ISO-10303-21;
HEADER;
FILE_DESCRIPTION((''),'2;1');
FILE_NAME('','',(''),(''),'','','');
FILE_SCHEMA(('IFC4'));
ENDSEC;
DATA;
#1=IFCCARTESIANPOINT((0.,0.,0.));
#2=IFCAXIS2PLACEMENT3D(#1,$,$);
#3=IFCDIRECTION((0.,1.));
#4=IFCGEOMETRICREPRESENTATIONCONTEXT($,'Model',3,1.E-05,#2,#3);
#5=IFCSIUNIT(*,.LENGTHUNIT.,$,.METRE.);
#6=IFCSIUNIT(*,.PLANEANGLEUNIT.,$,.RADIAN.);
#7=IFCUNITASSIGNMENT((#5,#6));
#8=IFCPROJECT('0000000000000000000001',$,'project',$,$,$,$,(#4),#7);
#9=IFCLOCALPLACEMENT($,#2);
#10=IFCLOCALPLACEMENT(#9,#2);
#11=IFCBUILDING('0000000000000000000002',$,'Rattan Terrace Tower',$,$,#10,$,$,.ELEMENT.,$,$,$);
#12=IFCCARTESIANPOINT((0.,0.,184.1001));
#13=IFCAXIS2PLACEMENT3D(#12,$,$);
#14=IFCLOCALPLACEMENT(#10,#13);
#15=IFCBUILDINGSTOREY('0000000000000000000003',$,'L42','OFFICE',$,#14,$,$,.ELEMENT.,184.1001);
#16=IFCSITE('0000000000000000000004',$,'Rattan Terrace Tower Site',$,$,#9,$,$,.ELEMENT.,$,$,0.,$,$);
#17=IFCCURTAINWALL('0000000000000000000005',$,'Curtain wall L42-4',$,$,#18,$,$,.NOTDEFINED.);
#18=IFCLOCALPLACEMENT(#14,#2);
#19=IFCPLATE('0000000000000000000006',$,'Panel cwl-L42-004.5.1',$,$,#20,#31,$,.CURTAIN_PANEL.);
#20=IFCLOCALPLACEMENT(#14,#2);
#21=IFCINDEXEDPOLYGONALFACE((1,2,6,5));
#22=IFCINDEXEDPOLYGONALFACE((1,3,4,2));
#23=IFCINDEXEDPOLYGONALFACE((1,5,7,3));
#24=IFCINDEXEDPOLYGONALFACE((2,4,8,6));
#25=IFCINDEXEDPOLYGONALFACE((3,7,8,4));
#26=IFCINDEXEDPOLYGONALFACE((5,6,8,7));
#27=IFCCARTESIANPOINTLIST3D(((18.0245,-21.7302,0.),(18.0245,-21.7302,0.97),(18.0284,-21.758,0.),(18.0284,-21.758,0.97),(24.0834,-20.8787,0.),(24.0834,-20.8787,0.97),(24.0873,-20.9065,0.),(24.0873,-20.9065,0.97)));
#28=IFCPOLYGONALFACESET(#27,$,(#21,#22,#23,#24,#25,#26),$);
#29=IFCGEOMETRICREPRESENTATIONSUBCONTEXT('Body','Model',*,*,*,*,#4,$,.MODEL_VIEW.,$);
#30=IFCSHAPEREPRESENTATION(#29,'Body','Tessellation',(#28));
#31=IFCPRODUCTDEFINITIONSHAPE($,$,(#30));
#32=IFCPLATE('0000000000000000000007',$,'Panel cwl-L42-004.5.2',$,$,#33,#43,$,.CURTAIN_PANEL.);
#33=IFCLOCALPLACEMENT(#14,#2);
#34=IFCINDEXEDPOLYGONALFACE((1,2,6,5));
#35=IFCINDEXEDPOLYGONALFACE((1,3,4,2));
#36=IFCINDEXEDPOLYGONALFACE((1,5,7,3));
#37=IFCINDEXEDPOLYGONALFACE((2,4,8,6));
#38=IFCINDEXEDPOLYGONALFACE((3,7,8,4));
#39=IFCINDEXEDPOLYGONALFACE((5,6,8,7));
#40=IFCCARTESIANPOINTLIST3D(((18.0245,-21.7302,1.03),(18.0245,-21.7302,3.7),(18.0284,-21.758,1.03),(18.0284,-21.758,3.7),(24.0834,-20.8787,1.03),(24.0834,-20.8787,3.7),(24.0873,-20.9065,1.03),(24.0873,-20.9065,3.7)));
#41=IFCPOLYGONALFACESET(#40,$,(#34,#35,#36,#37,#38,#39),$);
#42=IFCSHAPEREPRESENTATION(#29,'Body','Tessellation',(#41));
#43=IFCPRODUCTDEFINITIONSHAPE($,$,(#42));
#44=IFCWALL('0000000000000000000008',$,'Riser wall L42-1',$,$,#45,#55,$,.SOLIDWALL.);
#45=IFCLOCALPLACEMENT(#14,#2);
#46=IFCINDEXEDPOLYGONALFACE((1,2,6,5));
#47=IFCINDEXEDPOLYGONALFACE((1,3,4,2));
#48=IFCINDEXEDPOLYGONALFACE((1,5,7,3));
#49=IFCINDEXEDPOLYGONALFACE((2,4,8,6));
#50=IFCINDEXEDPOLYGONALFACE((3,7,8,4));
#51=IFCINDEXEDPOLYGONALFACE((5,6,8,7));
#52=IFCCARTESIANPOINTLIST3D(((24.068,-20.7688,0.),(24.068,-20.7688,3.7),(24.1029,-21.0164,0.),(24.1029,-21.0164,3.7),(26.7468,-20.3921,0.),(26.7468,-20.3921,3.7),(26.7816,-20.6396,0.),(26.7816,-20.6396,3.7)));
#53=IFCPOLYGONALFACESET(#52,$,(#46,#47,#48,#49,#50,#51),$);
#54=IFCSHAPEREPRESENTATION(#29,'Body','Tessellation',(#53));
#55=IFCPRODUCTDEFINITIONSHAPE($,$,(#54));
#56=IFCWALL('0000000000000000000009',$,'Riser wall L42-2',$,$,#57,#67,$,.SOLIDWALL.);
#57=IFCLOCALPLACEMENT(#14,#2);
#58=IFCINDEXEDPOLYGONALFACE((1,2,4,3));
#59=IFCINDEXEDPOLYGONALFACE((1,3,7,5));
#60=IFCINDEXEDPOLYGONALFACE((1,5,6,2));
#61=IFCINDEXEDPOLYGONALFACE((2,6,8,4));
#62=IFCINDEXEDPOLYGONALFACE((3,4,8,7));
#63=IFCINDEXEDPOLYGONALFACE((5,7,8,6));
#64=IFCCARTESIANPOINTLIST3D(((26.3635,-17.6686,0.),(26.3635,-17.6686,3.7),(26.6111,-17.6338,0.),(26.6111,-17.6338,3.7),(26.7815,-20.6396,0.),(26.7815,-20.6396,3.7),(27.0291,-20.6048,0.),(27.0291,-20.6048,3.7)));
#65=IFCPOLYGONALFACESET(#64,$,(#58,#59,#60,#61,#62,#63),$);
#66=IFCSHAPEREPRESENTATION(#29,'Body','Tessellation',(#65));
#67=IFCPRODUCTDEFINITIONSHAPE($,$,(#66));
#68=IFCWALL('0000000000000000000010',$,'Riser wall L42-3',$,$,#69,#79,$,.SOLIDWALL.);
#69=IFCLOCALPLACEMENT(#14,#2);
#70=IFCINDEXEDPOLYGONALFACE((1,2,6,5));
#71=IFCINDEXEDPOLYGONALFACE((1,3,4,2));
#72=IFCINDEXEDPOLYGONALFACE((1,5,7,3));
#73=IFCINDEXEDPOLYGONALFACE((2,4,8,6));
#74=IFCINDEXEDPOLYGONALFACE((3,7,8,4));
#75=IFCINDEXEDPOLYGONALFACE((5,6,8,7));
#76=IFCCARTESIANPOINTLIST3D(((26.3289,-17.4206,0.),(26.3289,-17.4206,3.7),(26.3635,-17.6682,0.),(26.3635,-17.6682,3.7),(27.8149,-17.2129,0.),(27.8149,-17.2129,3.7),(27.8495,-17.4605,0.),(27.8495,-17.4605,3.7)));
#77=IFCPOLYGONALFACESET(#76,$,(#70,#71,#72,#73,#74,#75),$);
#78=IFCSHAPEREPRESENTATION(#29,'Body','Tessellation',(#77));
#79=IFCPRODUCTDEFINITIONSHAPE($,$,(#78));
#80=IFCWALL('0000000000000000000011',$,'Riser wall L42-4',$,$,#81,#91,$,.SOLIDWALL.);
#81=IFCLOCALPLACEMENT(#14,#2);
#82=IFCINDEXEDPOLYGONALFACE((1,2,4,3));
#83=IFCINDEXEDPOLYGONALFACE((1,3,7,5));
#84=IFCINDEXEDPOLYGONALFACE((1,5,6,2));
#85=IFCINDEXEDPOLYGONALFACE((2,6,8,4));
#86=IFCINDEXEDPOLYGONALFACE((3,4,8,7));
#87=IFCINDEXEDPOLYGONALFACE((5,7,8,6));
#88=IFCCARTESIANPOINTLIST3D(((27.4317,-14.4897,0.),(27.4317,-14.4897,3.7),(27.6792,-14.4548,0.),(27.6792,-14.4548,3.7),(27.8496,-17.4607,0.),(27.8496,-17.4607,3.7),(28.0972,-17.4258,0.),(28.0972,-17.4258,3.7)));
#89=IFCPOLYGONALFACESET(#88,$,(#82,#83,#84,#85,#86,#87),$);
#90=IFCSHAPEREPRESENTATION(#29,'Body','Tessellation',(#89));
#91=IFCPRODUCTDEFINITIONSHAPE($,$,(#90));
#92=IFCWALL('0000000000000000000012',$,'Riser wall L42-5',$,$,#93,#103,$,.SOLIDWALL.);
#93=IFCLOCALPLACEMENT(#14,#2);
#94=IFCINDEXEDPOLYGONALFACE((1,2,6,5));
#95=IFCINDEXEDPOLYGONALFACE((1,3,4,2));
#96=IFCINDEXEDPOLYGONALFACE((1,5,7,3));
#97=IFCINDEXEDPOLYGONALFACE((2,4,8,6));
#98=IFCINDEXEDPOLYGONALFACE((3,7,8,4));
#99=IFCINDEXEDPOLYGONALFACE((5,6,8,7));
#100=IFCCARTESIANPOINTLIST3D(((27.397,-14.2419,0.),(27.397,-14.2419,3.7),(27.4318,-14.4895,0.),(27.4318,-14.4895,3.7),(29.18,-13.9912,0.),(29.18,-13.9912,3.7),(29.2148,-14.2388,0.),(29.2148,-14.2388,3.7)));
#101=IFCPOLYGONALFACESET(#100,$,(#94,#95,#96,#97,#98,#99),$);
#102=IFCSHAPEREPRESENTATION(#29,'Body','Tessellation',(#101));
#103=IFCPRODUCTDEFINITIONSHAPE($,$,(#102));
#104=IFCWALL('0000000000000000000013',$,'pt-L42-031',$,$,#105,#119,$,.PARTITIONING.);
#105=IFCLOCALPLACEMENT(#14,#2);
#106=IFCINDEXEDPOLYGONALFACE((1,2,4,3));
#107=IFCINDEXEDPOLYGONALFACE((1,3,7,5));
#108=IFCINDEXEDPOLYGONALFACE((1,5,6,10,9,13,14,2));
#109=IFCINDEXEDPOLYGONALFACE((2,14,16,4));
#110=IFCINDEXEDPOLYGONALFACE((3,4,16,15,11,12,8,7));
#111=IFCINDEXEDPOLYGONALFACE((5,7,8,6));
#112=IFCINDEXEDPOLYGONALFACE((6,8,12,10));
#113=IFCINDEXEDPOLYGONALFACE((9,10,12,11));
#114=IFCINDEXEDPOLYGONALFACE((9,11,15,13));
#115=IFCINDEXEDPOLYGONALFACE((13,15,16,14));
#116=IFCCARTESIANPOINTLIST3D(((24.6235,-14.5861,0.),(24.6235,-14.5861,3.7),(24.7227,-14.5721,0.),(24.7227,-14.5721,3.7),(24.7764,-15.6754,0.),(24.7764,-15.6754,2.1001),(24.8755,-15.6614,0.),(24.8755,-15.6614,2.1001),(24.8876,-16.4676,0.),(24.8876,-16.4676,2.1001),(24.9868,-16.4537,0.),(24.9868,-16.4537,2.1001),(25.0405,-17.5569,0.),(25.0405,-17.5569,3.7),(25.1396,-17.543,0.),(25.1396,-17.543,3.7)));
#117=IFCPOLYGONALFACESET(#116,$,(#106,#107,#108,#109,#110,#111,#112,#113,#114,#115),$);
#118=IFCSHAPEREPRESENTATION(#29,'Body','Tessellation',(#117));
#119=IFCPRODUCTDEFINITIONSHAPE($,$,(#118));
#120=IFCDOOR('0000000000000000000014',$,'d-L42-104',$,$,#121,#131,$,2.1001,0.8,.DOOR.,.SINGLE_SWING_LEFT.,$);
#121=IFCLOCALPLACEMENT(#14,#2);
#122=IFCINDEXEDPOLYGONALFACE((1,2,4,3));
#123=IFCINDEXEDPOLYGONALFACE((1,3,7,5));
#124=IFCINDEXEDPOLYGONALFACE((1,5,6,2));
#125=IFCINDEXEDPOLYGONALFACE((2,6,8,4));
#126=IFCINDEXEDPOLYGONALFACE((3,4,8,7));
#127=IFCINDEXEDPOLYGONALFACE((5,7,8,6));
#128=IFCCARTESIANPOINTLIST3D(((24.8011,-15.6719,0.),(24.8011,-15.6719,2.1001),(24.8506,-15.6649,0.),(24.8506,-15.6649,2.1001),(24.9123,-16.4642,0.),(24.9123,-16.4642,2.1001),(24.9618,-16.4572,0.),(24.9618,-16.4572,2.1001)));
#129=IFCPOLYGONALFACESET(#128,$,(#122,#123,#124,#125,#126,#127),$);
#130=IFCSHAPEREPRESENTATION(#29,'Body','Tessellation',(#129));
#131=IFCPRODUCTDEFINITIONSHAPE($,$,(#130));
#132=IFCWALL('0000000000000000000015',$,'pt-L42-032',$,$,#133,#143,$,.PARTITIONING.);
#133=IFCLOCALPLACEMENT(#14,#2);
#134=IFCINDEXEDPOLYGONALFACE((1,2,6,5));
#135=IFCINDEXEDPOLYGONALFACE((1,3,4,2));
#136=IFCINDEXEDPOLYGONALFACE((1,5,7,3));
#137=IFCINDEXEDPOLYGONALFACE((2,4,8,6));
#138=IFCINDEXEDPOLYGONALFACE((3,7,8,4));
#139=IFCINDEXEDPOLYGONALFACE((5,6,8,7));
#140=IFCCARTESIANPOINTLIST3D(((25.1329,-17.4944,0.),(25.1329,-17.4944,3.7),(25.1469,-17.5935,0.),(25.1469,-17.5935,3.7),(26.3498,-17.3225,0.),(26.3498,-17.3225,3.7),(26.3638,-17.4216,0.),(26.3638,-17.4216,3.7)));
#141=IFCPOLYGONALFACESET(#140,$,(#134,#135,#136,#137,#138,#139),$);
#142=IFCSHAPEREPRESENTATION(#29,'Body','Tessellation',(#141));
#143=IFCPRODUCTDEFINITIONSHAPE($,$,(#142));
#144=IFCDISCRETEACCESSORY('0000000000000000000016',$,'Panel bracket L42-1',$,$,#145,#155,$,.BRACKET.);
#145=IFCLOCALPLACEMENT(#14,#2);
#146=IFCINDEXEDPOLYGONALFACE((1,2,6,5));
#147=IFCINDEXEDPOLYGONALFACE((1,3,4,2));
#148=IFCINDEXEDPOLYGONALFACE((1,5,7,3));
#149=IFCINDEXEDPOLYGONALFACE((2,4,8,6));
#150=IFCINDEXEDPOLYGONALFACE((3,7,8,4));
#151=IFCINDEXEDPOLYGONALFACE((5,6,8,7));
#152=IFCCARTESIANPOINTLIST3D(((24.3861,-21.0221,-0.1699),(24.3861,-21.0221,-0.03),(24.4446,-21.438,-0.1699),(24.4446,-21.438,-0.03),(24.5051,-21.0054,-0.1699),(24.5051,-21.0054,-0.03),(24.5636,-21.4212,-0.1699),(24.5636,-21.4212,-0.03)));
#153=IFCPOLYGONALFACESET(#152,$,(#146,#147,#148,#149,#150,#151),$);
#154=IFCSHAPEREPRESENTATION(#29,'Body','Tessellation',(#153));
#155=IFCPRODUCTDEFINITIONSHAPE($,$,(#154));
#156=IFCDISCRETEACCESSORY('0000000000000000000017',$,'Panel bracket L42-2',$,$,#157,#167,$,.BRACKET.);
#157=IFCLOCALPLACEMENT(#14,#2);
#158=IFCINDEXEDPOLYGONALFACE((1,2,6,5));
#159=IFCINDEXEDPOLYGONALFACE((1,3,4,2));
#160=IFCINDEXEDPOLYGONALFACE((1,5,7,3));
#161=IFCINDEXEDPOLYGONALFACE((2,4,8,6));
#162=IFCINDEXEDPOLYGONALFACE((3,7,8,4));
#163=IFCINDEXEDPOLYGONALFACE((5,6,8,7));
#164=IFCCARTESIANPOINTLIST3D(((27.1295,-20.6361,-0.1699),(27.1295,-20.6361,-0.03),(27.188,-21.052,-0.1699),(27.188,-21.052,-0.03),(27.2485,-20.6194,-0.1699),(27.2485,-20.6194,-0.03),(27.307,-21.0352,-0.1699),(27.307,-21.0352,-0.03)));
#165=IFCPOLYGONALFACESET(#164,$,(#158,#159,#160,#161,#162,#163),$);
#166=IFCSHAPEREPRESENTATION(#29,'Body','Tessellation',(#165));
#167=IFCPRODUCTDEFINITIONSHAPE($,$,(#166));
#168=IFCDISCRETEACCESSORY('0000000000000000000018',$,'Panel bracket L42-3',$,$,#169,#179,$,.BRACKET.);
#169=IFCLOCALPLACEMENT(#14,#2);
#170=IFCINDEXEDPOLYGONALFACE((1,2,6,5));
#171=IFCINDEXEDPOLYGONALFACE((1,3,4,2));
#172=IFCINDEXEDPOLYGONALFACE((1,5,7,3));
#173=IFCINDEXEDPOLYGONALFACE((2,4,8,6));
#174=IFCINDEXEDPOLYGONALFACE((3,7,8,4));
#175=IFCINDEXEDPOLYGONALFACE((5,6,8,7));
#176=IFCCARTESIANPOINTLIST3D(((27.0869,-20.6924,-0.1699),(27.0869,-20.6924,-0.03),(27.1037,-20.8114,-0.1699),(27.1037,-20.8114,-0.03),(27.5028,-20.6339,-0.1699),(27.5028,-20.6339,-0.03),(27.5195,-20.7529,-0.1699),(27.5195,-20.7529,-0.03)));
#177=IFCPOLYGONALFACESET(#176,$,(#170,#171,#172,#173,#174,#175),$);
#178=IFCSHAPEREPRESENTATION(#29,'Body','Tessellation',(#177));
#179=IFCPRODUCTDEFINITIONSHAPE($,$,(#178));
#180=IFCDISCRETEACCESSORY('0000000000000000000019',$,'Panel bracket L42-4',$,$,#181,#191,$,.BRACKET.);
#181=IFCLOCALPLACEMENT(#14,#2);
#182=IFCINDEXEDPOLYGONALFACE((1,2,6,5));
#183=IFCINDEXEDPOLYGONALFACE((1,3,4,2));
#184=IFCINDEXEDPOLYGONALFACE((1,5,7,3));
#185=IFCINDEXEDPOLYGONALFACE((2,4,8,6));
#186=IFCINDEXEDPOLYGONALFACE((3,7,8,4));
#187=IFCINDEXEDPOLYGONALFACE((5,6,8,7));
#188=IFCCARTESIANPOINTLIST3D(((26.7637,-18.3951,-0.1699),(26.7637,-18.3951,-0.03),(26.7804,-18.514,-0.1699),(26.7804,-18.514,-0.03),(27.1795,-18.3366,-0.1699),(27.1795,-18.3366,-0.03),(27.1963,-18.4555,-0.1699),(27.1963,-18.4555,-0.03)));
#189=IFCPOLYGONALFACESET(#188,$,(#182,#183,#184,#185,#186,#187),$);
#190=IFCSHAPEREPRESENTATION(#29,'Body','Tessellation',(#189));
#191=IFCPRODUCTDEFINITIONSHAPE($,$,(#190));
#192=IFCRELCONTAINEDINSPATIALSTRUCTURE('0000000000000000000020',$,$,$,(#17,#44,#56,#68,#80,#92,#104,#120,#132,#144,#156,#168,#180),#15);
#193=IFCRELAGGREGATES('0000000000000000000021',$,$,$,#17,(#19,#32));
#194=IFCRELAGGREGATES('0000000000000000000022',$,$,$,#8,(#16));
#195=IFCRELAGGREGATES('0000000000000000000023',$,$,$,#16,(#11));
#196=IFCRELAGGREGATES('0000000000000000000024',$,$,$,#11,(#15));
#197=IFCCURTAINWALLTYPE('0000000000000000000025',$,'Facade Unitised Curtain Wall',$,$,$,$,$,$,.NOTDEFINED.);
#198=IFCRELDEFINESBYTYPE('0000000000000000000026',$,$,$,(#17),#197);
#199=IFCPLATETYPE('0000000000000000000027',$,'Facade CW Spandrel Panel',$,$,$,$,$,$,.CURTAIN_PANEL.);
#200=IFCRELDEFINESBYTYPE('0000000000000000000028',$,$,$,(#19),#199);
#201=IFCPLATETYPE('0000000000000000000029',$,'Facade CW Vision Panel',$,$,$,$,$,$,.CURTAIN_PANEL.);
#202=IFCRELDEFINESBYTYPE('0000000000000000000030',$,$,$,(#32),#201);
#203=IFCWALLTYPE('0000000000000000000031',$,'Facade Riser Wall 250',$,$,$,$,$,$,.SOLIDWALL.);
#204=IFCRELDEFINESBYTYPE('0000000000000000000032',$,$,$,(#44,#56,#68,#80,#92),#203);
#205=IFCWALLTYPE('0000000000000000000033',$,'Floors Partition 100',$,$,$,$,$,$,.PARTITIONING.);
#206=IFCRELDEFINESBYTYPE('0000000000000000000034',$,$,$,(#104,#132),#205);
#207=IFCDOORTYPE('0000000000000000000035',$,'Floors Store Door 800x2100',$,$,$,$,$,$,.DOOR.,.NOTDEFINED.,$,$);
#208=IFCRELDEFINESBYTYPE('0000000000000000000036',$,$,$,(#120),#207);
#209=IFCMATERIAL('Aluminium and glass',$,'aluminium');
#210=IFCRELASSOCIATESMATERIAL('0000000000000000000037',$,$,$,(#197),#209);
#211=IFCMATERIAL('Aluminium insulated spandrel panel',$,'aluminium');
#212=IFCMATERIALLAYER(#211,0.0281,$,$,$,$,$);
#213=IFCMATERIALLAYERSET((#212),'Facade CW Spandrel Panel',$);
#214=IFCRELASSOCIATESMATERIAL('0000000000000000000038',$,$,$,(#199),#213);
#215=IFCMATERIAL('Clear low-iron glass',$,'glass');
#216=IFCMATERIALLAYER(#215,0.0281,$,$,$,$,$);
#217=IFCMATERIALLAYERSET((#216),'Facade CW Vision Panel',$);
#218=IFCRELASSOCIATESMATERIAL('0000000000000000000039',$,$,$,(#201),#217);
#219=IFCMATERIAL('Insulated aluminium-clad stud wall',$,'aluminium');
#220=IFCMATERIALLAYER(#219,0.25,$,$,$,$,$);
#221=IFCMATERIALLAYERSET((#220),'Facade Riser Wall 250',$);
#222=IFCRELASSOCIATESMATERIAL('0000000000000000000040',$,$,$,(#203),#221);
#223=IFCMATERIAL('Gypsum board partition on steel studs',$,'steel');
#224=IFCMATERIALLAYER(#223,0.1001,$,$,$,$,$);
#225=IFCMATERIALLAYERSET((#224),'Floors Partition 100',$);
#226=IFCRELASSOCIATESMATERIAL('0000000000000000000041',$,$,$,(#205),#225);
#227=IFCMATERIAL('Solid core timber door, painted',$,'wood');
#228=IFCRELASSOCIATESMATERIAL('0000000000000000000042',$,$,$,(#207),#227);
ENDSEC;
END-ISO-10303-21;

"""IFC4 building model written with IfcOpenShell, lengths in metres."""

from ifc_helpers import new_model, si_unit, direction, frame, frame_2d, origin, origin_2d, place, context, subcontext, project, spatial, rectangle, extrude, material, layer, layer_set, type_object, element, fill, aggregate, save


model = new_model("IFC4")

# Units and contexts
model_context = context("Model", 3, precision=1e-05, world=origin(), true_north=direction((0.0, 1.0)))
body_context = subcontext(model_context, "Body", "Model", "MODEL_VIEW")
ifc_project = project(units=[si_unit("LENGTHUNIT", "METRE"), si_unit("PLANEANGLEUNIT", "RADIAN")], contexts=[model_context])

# Site, building, storey
site_placement = place(None, origin())
site = spatial("IfcSite", under=ifc_project, at=site_placement, Name="Rattan Terrace Tower Site", CompositionType="ELEMENT", RefElevation=0.0)
building_placement = place(site_placement, origin())
building = spatial("IfcBuilding", under=site, at=building_placement, Name="Rattan Terrace Tower", CompositionType="ELEMENT")
storey_placement = place(building_placement, frame((0.0, 0.0, 184.1001)))
storey = spatial("IfcBuildingStorey", under=building, at=storey_placement, Name="L42", Description="OFFICE", CompositionType="ELEMENT", Elevation=184.1001)

# Curtain wall, plates
ifc_material_1 = material(Name="Aluminium and glass", Category="aluminium")
curtain_wall_type = type_object("IfcCurtainWallType", Name="Facade Unitised Curtain Wall", PredefinedType="NOTDEFINED", material=ifc_material_1)
curtain_wall_placement = place(storey_placement, origin())
curtain_wall = element("IfcCurtainWall", 1, at=curtain_wall_placement, inside=storey, type_object=curtain_wall_type, Name="Curtain wall L42-4", PredefinedType="NOTDEFINED")
ifc_material_2 = material(Name="Aluminium insulated spandrel panel", Category="aluminium")
ifc_layer_1 = layer(ifc_material_2, 0.0281)
ifc_layer_set_1 = layer_set([ifc_layer_1], Name="Facade CW Spandrel Panel")
plate_type_1 = type_object("IfcPlateType", Name="Facade CW Spandrel Panel", PredefinedType="CURTAIN_PANEL", material=ifc_layer_set_1)
plate_1_placement = place(storey_placement, frame((21.0559, -21.3184, 0.0), z_axis=(0.0, 0.0, 1.0), x_axis=(0.99027, 0.139161, 0.0)))
plate_1 = element("IfcPlate", 2, at=plate_1_placement, type_object=plate_type_1, Name="Panel cwl-L42-004.5.1", PredefinedType="CURTAIN_PANEL", context=body_context, shape_type="SweptSolid", body=[
    extrude(rectangle(XDim=6.1184, YDim=0.0281, at=origin_2d()), origin(), (0.0, 0.0, 1.0), 0.97),
])
ifc_material_3 = material(Name="Clear low-iron glass", Category="glass")
ifc_layer_2 = layer(ifc_material_3, 0.0281)
ifc_layer_set_2 = layer_set([ifc_layer_2], Name="Facade CW Vision Panel")
plate_type_2 = type_object("IfcPlateType", Name="Facade CW Vision Panel", PredefinedType="CURTAIN_PANEL", material=ifc_layer_set_2)
plate_2_placement = place(storey_placement, frame((21.0559, -21.3184, 1.03), z_axis=(0.0, 0.0, 1.0), x_axis=(0.99027, 0.139161, 0.0)))
plate_2 = element("IfcPlate", 3, at=plate_2_placement, type_object=plate_type_2, Name="Panel cwl-L42-004.5.2", PredefinedType="CURTAIN_PANEL", context=body_context, shape_type="SweptSolid", body=[
    extrude(rectangle(XDim=6.1184, YDim=0.0281, at=origin_2d()), origin(), (0.0, 0.0, 1.0), 2.6699),
])
aggregate(curtain_wall, [plate_1, plate_2])

# Walls
ifc_material_4 = material(Name="Insulated aluminium-clad stud wall", Category="aluminium")
ifc_layer_3 = layer(ifc_material_4, 0.25)
ifc_layer_set_3 = layer_set([ifc_layer_3], Name="Facade Riser Wall 250")
wall_type_1 = type_object("IfcWallType", Name="Facade Riser Wall 250", PredefinedType="SOLIDWALL", material=ifc_layer_set_3)
wall_1_placement = place(storey_placement, frame((24.0854, -20.8926, 0.0), z_axis=(0.0, 0.0, 1.0), x_axis=(0.990256, 0.13926, 0.0)))
element("IfcWall", 4, at=wall_1_placement, inside=storey, type_object=wall_type_1, Name="Riser wall L42-1", PredefinedType="SOLIDWALL", context=body_context, shape_type="SweptSolid", body=[
    extrude(rectangle(XDim=2.7051, YDim=0.25, at=frame_2d((1.3525, 0.0))), origin(), (0.0, 0.0, 1.0), 3.7),
])
wall_2_placement = place(storey_placement, frame((26.9053, -20.6221, 0.0), z_axis=(0.0, 0.0, 1.0), x_axis=(-0.139313, 0.990248, 0.0)))
element("IfcWall", 5, at=wall_2_placement, inside=storey, type_object=wall_type_1, Name="Riser wall L42-2", PredefinedType="SOLIDWALL", context=body_context, shape_type="SweptSolid", body=[
    extrude(rectangle(XDim=3.0002, YDim=0.25, at=frame_2d((1.5, 0.0))), origin(), (0.0, 0.0, 1.0), 3.7),
])
wall_3_placement = place(storey_placement, frame((26.3462, -17.5444, 0.0), z_axis=(0.0, 0.0, 1.0), x_axis=(0.990368, 0.13846, 0.0)))
element("IfcWall", 6, at=wall_3_placement, inside=storey, type_object=wall_type_1, Name="Riser wall L42-3", PredefinedType="SOLIDWALL", context=body_context, shape_type="SweptSolid", body=[
    extrude(rectangle(XDim=1.5005, YDim=0.25, at=frame_2d((0.7502, 0.0))), origin(), (0.0, 0.0, 1.0), 3.7),
])
wall_4_placement = place(storey_placement, frame((27.9734, -17.4431, 0.0), z_axis=(0.0, 0.0, 1.0), x_axis=(-0.139313, 0.990248, 0.0)))
element("IfcWall", 7, at=wall_4_placement, inside=storey, type_object=wall_type_1, Name="Riser wall L42-4", PredefinedType="SOLIDWALL", context=body_context, shape_type="SweptSolid", body=[
    extrude(rectangle(XDim=3.0002, YDim=0.25, at=frame_2d((1.5, 0.0))), origin(), (0.0, 0.0, 1.0), 3.7),
])
wall_5_placement = place(storey_placement, frame((27.4143, -14.3657, 0.0), z_axis=(0.0, 0.0, 1.0), x_axis=(0.990256, 0.139257, 0.0)))
element("IfcWall", 8, at=wall_5_placement, inside=storey, type_object=wall_type_1, Name="Riser wall L42-5", PredefinedType="SOLIDWALL", context=body_context, shape_type="SweptSolid", body=[
    extrude(rectangle(XDim=1.8005, YDim=0.25, at=frame_2d((0.9004, 0.0))), origin(), (0.0, 0.0, 1.0), 3.7),
])

# Wall, opening, door
ifc_material_5 = material(Name="Gypsum board partition on steel studs", Category="steel")
ifc_layer_4 = layer(ifc_material_5, 0.1001)
ifc_layer_set_4 = layer_set([ifc_layer_4], Name="Floors Partition 100")
wall_type_2 = type_object("IfcWallType", Name="Floors Partition 100", PredefinedType="PARTITIONING", material=ifc_layer_set_4)
wall_6_placement = place(storey_placement, frame((24.6731, -14.5791, 0.0), z_axis=(0.0, 0.0, 1.0), x_axis=(0.138994, -0.990293, 0.0)))
wall_6 = element("IfcWall", 9, at=wall_6_placement, inside=storey, type_object=wall_type_2, Name="pt-L42-031", PredefinedType="PARTITIONING", context=body_context, shape_type="SweptSolid", body=[
    extrude(rectangle(XDim=3.0, YDim=0.1001, at=frame_2d((1.5, 0.0))), origin(), (0.0, 0.0, 1.0), 3.7),
])
opening_placement = place(wall_6_placement, frame((1.1001, 0.0, 0.0)))
opening = element("IfcOpeningElement", 10, at=opening_placement, cuts=wall_6, PredefinedType="OPENING", context=body_context, shape_type="SweptSolid", body=[
    extrude(rectangle(XDim=0.8, YDim=2.1001, at=frame_2d((0.3999, 1.05))), frame((0.0, 0.0605, 0.0), z_axis=(0.0, -1.0, 0.0), x_axis=(1.0, 0.0, 0.0)), (0.0, 0.0, 1.0), 0.1211),
])
ifc_material_6 = material(Name="Solid core timber door, painted", Category="wood")
door_type = type_object("IfcDoorType", Name="Floors Store Door 800x2100", OperationType="NOTDEFINED", PredefinedType="DOOR", material=ifc_material_6)
door_placement = place(opening_placement, origin())
door = element("IfcDoor", 11, at=door_placement, inside=storey, type_object=door_type, Name="d-L42-104", OperationType="SINGLE_SWING_LEFT", OverallHeight=2.1001, OverallWidth=0.8, PredefinedType="DOOR", context=body_context, shape_type="SweptSolid", body=[
    extrude(rectangle(XDim=0.8, YDim=2.1001, at=frame_2d((0.3999, 1.05))), frame((0.0, 0.0249, 0.0), z_axis=(0.0, -1.0, 0.0), x_axis=(1.0, 0.0, 0.0)), (0.0, 0.0, 1.0), 0.05),
])
fill(opening, door)

# Wall
wall_7_placement = place(storey_placement, frame((25.1399, -17.5439, 0.0), z_axis=(0.0, 0.0, 1.0), x_axis=(0.990175, 0.139836, 0.0)))
element("IfcWall", 12, at=wall_7_placement, inside=storey, type_object=wall_type_2, Name="pt-L42-032", PredefinedType="PARTITIONING", context=body_context, shape_type="SweptSolid", body=[
    extrude(rectangle(XDim=1.229, YDim=0.1001, at=frame_2d((0.6145, 0.0))), origin(), (0.0, 0.0, 1.0), 3.7),
])

# Discrete accessories
for number, where, z_axis, x_axis, name in (
    (13, (24.4749, -21.2217, -0.1699), (0.0, 0.0, 1.0), (0.990247, 0.139321, 0.0), "Panel bracket L42-1"),
    (14, (27.2183, -20.8357, -0.1699), (0.0, 0.0, 1.0), (0.990247, 0.139321, 0.0), "Panel bracket L42-2"),
    (15, (27.3032, -20.7227, -0.1699), (0.0, 0.0, 1.0), (-0.139321, 0.990247, 0.0), "Panel bracket L42-3"),
    (16, (26.98, -18.4253, -0.1699), (0.0, 0.0, 1.0), (-0.139321, 0.990247, 0.0), "Panel bracket L42-4"),
):
    element("IfcDiscreteAccessory", number, at=place(storey_placement, frame(where, z_axis=z_axis, x_axis=x_axis)), inside=storey, Name=name, PredefinedType="BRACKET", context=body_context, shape_type="SweptSolid", body=[
        extrude(rectangle(XDim=0.1201, YDim=0.4199, at=origin_2d()), origin(), (0.0, 0.0, 1.0), 0.1399),
    ])

save(model, "model.ifc")
